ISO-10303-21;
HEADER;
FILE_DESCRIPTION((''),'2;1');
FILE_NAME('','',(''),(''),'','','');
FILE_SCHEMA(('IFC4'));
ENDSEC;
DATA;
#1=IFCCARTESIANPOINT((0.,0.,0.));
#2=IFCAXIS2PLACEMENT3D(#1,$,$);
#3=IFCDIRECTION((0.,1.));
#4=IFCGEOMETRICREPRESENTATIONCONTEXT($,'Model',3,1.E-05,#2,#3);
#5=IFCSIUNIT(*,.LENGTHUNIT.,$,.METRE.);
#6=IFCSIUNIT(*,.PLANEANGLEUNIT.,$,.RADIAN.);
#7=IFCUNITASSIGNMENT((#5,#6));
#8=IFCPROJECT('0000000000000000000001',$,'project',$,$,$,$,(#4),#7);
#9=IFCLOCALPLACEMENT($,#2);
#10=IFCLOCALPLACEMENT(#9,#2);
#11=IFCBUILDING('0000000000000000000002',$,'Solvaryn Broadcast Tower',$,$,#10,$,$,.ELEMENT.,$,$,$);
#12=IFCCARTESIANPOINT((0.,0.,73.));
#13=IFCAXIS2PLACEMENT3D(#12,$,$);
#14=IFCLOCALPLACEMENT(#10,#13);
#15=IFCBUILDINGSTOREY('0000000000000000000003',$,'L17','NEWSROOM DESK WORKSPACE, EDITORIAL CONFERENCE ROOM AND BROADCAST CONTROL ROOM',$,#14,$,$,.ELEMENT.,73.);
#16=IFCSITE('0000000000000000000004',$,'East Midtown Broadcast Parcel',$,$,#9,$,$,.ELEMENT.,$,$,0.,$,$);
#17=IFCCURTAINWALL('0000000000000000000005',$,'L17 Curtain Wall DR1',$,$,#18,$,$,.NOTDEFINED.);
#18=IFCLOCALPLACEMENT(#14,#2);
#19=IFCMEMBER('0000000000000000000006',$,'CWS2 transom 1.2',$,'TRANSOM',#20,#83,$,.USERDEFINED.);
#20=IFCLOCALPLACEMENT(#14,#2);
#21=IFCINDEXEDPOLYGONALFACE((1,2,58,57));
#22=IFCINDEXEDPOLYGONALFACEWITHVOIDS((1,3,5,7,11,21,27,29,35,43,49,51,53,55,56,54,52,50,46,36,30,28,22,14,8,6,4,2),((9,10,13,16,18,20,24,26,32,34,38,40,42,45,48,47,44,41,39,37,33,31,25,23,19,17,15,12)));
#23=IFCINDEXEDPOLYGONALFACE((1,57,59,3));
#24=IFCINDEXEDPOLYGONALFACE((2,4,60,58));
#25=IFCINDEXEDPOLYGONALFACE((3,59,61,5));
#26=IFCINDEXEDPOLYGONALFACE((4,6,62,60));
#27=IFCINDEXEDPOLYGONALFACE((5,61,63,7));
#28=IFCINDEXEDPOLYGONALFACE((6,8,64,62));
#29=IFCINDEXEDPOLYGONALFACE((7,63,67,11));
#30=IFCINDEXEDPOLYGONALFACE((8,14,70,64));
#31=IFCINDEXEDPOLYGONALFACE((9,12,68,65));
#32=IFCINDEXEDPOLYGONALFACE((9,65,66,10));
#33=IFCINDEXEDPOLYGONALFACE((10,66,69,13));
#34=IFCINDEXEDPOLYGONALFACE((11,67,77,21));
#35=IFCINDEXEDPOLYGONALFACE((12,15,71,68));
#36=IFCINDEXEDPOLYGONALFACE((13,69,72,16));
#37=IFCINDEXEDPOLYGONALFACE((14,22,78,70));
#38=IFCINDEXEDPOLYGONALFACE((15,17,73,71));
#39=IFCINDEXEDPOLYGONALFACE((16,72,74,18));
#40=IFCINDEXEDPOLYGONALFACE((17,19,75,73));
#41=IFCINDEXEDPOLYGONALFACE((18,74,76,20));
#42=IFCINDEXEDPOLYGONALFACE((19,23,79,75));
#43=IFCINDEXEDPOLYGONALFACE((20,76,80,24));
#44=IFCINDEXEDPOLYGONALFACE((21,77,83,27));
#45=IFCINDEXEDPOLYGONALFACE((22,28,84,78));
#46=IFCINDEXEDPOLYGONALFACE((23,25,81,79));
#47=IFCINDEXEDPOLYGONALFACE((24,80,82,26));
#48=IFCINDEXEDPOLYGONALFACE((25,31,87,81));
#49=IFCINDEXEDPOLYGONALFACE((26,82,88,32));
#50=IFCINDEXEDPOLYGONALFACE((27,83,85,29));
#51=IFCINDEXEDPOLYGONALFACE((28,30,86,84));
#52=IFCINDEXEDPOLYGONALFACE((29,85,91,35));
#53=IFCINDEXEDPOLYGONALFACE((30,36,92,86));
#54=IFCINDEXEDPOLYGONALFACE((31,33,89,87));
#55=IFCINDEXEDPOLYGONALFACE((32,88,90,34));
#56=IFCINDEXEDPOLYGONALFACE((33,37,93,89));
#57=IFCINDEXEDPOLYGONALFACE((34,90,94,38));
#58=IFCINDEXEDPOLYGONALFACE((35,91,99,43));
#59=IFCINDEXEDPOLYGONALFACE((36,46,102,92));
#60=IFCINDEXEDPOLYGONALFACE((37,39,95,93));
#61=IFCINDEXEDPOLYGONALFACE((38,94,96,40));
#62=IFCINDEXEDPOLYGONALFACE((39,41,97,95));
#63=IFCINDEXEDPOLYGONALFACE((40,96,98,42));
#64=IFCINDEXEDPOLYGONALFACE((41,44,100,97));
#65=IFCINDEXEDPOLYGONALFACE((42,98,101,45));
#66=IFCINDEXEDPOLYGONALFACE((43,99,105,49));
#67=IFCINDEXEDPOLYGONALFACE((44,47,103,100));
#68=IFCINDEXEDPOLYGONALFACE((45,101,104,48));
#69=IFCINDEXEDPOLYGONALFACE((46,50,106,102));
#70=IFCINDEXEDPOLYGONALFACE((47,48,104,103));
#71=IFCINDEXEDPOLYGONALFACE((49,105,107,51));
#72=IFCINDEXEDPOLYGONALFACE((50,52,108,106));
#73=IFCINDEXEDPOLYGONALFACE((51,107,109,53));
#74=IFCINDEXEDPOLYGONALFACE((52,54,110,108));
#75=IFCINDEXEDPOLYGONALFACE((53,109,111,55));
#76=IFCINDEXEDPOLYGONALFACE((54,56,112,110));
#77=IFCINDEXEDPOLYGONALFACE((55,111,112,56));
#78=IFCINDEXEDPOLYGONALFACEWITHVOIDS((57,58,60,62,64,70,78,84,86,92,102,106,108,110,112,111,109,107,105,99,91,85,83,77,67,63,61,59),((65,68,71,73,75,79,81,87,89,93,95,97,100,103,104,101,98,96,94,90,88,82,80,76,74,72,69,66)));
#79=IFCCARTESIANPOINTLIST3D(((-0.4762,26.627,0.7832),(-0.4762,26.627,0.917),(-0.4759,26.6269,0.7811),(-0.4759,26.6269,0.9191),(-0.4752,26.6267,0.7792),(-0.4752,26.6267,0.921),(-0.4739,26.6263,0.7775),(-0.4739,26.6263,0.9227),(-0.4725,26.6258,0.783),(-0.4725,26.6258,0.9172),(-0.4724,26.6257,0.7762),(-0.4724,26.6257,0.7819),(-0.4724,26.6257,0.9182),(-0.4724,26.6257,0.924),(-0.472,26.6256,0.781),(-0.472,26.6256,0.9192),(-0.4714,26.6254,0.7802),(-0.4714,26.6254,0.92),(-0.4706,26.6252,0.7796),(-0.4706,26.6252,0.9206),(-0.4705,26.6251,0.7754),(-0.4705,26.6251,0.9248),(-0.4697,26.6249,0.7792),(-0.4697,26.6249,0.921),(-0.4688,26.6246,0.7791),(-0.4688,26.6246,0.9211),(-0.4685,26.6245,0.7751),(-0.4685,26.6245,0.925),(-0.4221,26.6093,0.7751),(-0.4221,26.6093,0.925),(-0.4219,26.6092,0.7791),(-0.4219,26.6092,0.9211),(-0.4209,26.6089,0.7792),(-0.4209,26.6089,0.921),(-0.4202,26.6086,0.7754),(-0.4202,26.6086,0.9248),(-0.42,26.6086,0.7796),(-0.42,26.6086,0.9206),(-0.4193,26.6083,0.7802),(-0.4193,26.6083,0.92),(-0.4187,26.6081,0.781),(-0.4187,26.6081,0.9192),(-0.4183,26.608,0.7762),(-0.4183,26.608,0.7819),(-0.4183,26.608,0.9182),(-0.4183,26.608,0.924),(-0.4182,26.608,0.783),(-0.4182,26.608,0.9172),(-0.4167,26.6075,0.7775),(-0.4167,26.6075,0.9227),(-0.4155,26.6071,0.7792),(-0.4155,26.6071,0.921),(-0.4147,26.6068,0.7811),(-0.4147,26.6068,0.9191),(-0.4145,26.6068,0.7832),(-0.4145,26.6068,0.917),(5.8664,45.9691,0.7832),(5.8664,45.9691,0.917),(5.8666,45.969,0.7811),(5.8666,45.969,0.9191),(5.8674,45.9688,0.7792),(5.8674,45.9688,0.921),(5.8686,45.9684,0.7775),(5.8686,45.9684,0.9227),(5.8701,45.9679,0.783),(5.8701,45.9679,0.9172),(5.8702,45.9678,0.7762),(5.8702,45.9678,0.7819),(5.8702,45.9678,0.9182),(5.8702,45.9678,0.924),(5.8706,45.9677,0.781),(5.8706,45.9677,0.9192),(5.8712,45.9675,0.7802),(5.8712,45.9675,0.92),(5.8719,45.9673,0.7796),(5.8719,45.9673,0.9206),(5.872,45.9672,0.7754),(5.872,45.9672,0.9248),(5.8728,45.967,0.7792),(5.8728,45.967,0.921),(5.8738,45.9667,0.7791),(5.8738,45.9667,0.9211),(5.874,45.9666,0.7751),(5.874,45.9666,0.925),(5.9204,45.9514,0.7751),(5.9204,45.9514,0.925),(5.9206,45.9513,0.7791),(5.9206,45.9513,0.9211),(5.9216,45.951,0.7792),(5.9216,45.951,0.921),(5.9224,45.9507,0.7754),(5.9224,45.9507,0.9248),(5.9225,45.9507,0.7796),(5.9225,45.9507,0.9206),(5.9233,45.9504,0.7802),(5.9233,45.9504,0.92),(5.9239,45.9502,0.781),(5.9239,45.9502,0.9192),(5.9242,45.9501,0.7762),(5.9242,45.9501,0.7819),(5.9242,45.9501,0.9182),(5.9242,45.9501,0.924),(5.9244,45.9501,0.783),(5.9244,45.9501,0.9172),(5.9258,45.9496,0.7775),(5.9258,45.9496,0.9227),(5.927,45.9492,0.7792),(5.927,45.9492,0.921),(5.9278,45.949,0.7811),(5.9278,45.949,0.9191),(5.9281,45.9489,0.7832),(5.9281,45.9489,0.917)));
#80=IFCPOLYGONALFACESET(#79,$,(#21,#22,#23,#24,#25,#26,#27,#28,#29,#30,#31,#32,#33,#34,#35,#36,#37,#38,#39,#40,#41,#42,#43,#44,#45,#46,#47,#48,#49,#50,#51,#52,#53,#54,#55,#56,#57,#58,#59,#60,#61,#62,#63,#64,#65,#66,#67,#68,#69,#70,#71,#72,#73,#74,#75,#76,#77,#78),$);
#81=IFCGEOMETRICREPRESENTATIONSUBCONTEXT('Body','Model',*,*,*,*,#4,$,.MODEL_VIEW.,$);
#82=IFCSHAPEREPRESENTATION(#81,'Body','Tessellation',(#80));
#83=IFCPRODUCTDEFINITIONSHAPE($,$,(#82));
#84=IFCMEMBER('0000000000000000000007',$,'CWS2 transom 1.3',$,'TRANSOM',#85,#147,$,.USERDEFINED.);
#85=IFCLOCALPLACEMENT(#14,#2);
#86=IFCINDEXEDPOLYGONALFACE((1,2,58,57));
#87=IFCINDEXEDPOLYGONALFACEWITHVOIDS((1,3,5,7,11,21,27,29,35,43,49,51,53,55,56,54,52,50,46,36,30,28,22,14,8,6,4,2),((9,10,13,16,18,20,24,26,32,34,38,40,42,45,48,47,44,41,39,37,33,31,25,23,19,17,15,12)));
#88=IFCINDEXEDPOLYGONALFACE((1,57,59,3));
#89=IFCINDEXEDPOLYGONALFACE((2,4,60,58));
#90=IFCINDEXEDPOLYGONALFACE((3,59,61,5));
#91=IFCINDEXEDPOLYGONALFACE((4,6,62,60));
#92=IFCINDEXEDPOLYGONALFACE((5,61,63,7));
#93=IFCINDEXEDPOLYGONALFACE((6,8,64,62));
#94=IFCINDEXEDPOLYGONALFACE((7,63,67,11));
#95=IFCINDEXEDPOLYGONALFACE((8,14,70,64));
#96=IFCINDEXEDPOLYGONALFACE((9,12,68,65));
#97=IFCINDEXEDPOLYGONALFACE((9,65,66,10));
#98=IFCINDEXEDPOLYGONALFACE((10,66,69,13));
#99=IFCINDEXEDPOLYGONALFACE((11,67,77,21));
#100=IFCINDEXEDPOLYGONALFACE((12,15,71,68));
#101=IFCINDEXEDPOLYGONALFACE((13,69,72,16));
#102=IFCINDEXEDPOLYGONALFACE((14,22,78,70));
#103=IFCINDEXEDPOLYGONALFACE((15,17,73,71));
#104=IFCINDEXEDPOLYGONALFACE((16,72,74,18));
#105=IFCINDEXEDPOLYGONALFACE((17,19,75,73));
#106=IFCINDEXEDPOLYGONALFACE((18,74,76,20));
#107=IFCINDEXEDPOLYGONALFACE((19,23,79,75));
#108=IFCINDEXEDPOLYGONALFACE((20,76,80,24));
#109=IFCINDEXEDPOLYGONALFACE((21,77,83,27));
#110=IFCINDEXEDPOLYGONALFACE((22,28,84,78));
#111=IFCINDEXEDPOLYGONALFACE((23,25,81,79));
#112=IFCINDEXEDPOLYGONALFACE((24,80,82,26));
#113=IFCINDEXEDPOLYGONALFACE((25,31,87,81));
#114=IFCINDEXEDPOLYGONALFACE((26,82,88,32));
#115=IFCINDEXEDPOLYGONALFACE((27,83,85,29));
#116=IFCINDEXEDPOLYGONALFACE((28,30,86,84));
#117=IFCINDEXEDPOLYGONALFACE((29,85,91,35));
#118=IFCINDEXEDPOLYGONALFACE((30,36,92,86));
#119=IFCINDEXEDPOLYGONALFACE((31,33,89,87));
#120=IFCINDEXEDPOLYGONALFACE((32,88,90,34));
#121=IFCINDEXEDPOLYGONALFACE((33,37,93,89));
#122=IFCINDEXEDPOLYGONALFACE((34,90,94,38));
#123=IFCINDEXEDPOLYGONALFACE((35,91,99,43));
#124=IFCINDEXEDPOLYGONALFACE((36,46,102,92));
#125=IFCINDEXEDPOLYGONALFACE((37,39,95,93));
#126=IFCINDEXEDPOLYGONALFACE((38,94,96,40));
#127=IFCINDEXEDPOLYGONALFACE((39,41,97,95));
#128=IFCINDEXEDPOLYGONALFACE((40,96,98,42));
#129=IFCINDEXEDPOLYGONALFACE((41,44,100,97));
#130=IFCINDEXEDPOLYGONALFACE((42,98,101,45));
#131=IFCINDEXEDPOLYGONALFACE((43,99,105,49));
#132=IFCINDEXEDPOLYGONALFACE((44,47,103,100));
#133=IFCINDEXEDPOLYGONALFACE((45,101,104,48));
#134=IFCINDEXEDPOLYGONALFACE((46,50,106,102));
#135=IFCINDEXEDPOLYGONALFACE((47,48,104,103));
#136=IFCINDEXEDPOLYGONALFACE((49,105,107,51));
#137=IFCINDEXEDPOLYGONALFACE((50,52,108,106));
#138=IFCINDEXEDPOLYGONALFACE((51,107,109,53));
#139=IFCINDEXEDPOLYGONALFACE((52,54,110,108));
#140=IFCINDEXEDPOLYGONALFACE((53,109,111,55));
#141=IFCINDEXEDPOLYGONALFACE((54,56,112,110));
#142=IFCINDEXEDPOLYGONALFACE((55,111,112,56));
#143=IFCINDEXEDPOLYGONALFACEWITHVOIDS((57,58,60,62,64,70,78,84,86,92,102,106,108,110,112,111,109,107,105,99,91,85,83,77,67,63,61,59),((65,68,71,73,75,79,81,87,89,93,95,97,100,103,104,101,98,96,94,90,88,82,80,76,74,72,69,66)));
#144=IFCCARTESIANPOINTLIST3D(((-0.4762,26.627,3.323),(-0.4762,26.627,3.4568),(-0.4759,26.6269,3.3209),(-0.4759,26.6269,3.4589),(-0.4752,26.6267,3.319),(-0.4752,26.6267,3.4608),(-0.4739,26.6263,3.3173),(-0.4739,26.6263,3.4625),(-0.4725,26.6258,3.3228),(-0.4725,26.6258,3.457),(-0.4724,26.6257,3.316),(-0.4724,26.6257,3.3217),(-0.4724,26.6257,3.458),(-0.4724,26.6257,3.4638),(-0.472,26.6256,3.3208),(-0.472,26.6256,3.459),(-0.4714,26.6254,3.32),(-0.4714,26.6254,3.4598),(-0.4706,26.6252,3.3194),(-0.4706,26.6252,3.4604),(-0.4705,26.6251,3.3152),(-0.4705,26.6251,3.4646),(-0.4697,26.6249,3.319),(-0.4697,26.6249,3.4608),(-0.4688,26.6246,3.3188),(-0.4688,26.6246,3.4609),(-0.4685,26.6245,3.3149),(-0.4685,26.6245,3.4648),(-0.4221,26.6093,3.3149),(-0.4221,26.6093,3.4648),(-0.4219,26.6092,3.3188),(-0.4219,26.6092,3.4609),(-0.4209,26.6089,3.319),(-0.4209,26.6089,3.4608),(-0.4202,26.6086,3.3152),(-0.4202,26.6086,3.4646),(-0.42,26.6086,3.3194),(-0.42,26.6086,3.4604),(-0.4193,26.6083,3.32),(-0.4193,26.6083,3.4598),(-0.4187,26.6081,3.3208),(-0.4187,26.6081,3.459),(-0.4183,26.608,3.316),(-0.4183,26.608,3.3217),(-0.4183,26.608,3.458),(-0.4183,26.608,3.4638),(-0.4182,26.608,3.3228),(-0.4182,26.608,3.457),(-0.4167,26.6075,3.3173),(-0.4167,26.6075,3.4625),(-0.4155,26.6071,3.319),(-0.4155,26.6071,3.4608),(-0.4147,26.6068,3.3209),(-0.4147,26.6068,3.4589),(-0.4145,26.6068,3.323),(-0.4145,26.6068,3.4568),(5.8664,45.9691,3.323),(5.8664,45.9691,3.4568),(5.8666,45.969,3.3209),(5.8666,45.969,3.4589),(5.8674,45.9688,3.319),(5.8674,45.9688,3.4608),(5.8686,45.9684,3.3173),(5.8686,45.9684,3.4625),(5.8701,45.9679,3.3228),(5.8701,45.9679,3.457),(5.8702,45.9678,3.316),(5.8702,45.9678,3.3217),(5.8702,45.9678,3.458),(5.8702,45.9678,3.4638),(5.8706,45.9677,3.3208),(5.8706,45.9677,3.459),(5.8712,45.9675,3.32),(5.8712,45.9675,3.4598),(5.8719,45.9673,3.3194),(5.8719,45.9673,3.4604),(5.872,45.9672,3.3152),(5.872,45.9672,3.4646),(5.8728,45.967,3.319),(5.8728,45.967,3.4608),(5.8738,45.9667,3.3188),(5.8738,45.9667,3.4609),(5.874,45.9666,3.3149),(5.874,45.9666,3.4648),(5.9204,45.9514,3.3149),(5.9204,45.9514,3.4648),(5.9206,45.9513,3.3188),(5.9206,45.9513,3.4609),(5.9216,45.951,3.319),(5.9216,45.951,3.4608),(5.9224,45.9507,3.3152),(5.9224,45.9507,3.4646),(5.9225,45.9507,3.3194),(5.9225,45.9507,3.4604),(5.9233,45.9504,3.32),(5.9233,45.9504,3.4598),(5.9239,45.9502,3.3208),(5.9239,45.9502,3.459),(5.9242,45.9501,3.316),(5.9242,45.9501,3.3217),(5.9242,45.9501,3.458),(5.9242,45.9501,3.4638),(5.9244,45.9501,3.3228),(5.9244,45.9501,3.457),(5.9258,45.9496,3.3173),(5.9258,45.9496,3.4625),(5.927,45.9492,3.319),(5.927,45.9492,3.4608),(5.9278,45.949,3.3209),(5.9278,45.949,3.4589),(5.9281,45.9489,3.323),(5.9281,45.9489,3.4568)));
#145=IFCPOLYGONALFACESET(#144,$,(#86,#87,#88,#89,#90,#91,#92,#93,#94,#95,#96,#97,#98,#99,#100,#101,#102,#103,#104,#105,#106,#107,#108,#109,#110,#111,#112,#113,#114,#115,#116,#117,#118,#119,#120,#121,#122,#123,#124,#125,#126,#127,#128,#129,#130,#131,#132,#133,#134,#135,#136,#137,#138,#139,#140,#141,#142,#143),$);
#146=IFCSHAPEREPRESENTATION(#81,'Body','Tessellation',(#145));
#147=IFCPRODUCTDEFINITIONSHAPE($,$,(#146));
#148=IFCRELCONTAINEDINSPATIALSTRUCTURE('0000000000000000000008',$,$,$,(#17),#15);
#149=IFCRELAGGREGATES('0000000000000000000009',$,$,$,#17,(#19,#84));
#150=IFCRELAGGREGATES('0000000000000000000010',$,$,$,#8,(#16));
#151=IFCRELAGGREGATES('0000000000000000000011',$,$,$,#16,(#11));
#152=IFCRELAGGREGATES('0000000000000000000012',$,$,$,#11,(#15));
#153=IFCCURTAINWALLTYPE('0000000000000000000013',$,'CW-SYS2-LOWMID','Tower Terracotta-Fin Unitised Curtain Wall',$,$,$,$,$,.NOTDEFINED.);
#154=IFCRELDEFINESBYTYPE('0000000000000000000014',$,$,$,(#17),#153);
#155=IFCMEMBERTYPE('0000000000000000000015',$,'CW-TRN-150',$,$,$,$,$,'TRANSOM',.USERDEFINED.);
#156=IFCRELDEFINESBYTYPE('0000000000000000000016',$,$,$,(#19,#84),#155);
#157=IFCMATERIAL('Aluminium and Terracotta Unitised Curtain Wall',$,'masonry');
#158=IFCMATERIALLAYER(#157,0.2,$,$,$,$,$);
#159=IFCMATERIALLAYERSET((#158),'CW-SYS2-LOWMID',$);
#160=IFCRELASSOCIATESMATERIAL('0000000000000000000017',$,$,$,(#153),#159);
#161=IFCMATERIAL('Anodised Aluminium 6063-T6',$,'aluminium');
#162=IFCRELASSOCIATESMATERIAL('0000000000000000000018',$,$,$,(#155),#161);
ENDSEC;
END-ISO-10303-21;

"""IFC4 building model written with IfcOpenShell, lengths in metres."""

from ifc_helpers import new_model, si_unit, direction, frame, origin, origin_2d, place, context, subcontext, project, spatial, hollow_rectangle, extrude, material, layer, layer_set, material_profile, profile_set, type_object, element, aggregate, save


model = new_model("IFC4")

# Units and contexts
model_context = context("Model", 3, precision=1e-05, world=origin(), true_north=direction((0.0, 1.0)))
body_context = subcontext(model_context, "Body", "Model", "MODEL_VIEW")
ifc_project = project(units=[si_unit("LENGTHUNIT", "METRE"), si_unit("PLANEANGLEUNIT", "RADIAN")], contexts=[model_context])

# Site, building, storey
site_placement = place(None, origin())
site = spatial("IfcSite", under=ifc_project, at=site_placement, Name="East Midtown Broadcast Parcel", CompositionType="ELEMENT", RefElevation=0.0)
building_placement = place(site_placement, origin())
building = spatial("IfcBuilding", under=site, at=building_placement, Name="Solvaryn Broadcast Tower", CompositionType="ELEMENT")
storey_placement = place(building_placement, frame((0.0, 0.0, 73.0)))
storey = spatial("IfcBuildingStorey", under=building, at=storey_placement, Name="L17", Description="NEWSROOM DESK WORKSPACE, EDITORIAL CONFERENCE ROOM AND BROADCAST CONTROL ROOM", CompositionType="ELEMENT", Elevation=73.0)

# Curtain wall
ifc_material_1 = material(Name="Aluminium and Terracotta Unitised Curtain Wall", Category="masonry")
ifc_layer_1 = layer(ifc_material_1, 0.2)
ifc_layer_set_1 = layer_set([ifc_layer_1], Name="CW-SYS2-LOWMID")
curtain_wall_type = type_object("IfcCurtainWallType", Name="CW-SYS2-LOWMID", Description="Tower Terracotta-Fin Unitised Curtain Wall", PredefinedType="NOTDEFINED", material=ifc_layer_set_1)
curtain_wall_1_placement = place(storey_placement, origin())
curtain_wall_1 = element("IfcCurtainWall", 1, at=curtain_wall_1_placement, inside=storey, type_object=curtain_wall_type, Name="L17 Curtain Wall DR1", PredefinedType="NOTDEFINED")

# Members
ifc_material_2 = material(Name="Anodised Aluminium 6063-T6", Category="aluminium")
ifc_material_profile_1 = material_profile(ifc_material_2, hollow_rectangle(XDim=0.0649, YDim=0.1499, WallThickness=0.0039, InnerFilletRadius=0.0039, OuterFilletRadius=0.0081, at=origin_2d()))
ifc_profile_set_1 = profile_set([ifc_material_profile_1], Name="Anodised Aluminium 6063-T6")
member_type_1 = type_object("IfcMemberType", Name="CW-TRN-150", ElementType="TRANSOM", PredefinedType="USERDEFINED", material=ifc_profile_set_1)
member_1_placement = place(storey_placement, frame((5.8972, 45.959, 0.8501), z_axis=(-0.31159, -0.950217, 0.0), x_axis=(0.950217, -0.31159, 0.0)))
member_1 = element("IfcMember", 2, at=member_1_placement, type_object=member_type_1, Name="CWS2 transom 1.2", ObjectType="TRANSOM", PredefinedType="USERDEFINED", context=body_context, shape_type="SweptSolid", body=[
    extrude(hollow_rectangle(XDim=0.0649, YDim=0.1499, WallThickness=0.0039, InnerFilletRadius=0.0039, OuterFilletRadius=0.0081, at=origin_2d()), origin(), (0.0, 0.0, 1.0), 20.3555),
])
member_2_placement = place(storey_placement, frame((5.8972, 45.959, 3.3899), z_axis=(-0.31159, -0.950217, 0.0), x_axis=(0.950217, -0.31159, 0.0)))
member_2 = element("IfcMember", 3, at=member_2_placement, type_object=member_type_1, Name="CWS2 transom 1.3", ObjectType="TRANSOM", PredefinedType="USERDEFINED", context=body_context, shape_type="SweptSolid", body=[
    extrude(hollow_rectangle(XDim=0.0649, YDim=0.1499, WallThickness=0.0039, InnerFilletRadius=0.0039, OuterFilletRadius=0.0081, at=origin_2d()), origin(), (0.0, 0.0, 1.0), 20.3555),
])
aggregate(curtain_wall_1, [member_1, member_2])

save(model, "model.ifc")
